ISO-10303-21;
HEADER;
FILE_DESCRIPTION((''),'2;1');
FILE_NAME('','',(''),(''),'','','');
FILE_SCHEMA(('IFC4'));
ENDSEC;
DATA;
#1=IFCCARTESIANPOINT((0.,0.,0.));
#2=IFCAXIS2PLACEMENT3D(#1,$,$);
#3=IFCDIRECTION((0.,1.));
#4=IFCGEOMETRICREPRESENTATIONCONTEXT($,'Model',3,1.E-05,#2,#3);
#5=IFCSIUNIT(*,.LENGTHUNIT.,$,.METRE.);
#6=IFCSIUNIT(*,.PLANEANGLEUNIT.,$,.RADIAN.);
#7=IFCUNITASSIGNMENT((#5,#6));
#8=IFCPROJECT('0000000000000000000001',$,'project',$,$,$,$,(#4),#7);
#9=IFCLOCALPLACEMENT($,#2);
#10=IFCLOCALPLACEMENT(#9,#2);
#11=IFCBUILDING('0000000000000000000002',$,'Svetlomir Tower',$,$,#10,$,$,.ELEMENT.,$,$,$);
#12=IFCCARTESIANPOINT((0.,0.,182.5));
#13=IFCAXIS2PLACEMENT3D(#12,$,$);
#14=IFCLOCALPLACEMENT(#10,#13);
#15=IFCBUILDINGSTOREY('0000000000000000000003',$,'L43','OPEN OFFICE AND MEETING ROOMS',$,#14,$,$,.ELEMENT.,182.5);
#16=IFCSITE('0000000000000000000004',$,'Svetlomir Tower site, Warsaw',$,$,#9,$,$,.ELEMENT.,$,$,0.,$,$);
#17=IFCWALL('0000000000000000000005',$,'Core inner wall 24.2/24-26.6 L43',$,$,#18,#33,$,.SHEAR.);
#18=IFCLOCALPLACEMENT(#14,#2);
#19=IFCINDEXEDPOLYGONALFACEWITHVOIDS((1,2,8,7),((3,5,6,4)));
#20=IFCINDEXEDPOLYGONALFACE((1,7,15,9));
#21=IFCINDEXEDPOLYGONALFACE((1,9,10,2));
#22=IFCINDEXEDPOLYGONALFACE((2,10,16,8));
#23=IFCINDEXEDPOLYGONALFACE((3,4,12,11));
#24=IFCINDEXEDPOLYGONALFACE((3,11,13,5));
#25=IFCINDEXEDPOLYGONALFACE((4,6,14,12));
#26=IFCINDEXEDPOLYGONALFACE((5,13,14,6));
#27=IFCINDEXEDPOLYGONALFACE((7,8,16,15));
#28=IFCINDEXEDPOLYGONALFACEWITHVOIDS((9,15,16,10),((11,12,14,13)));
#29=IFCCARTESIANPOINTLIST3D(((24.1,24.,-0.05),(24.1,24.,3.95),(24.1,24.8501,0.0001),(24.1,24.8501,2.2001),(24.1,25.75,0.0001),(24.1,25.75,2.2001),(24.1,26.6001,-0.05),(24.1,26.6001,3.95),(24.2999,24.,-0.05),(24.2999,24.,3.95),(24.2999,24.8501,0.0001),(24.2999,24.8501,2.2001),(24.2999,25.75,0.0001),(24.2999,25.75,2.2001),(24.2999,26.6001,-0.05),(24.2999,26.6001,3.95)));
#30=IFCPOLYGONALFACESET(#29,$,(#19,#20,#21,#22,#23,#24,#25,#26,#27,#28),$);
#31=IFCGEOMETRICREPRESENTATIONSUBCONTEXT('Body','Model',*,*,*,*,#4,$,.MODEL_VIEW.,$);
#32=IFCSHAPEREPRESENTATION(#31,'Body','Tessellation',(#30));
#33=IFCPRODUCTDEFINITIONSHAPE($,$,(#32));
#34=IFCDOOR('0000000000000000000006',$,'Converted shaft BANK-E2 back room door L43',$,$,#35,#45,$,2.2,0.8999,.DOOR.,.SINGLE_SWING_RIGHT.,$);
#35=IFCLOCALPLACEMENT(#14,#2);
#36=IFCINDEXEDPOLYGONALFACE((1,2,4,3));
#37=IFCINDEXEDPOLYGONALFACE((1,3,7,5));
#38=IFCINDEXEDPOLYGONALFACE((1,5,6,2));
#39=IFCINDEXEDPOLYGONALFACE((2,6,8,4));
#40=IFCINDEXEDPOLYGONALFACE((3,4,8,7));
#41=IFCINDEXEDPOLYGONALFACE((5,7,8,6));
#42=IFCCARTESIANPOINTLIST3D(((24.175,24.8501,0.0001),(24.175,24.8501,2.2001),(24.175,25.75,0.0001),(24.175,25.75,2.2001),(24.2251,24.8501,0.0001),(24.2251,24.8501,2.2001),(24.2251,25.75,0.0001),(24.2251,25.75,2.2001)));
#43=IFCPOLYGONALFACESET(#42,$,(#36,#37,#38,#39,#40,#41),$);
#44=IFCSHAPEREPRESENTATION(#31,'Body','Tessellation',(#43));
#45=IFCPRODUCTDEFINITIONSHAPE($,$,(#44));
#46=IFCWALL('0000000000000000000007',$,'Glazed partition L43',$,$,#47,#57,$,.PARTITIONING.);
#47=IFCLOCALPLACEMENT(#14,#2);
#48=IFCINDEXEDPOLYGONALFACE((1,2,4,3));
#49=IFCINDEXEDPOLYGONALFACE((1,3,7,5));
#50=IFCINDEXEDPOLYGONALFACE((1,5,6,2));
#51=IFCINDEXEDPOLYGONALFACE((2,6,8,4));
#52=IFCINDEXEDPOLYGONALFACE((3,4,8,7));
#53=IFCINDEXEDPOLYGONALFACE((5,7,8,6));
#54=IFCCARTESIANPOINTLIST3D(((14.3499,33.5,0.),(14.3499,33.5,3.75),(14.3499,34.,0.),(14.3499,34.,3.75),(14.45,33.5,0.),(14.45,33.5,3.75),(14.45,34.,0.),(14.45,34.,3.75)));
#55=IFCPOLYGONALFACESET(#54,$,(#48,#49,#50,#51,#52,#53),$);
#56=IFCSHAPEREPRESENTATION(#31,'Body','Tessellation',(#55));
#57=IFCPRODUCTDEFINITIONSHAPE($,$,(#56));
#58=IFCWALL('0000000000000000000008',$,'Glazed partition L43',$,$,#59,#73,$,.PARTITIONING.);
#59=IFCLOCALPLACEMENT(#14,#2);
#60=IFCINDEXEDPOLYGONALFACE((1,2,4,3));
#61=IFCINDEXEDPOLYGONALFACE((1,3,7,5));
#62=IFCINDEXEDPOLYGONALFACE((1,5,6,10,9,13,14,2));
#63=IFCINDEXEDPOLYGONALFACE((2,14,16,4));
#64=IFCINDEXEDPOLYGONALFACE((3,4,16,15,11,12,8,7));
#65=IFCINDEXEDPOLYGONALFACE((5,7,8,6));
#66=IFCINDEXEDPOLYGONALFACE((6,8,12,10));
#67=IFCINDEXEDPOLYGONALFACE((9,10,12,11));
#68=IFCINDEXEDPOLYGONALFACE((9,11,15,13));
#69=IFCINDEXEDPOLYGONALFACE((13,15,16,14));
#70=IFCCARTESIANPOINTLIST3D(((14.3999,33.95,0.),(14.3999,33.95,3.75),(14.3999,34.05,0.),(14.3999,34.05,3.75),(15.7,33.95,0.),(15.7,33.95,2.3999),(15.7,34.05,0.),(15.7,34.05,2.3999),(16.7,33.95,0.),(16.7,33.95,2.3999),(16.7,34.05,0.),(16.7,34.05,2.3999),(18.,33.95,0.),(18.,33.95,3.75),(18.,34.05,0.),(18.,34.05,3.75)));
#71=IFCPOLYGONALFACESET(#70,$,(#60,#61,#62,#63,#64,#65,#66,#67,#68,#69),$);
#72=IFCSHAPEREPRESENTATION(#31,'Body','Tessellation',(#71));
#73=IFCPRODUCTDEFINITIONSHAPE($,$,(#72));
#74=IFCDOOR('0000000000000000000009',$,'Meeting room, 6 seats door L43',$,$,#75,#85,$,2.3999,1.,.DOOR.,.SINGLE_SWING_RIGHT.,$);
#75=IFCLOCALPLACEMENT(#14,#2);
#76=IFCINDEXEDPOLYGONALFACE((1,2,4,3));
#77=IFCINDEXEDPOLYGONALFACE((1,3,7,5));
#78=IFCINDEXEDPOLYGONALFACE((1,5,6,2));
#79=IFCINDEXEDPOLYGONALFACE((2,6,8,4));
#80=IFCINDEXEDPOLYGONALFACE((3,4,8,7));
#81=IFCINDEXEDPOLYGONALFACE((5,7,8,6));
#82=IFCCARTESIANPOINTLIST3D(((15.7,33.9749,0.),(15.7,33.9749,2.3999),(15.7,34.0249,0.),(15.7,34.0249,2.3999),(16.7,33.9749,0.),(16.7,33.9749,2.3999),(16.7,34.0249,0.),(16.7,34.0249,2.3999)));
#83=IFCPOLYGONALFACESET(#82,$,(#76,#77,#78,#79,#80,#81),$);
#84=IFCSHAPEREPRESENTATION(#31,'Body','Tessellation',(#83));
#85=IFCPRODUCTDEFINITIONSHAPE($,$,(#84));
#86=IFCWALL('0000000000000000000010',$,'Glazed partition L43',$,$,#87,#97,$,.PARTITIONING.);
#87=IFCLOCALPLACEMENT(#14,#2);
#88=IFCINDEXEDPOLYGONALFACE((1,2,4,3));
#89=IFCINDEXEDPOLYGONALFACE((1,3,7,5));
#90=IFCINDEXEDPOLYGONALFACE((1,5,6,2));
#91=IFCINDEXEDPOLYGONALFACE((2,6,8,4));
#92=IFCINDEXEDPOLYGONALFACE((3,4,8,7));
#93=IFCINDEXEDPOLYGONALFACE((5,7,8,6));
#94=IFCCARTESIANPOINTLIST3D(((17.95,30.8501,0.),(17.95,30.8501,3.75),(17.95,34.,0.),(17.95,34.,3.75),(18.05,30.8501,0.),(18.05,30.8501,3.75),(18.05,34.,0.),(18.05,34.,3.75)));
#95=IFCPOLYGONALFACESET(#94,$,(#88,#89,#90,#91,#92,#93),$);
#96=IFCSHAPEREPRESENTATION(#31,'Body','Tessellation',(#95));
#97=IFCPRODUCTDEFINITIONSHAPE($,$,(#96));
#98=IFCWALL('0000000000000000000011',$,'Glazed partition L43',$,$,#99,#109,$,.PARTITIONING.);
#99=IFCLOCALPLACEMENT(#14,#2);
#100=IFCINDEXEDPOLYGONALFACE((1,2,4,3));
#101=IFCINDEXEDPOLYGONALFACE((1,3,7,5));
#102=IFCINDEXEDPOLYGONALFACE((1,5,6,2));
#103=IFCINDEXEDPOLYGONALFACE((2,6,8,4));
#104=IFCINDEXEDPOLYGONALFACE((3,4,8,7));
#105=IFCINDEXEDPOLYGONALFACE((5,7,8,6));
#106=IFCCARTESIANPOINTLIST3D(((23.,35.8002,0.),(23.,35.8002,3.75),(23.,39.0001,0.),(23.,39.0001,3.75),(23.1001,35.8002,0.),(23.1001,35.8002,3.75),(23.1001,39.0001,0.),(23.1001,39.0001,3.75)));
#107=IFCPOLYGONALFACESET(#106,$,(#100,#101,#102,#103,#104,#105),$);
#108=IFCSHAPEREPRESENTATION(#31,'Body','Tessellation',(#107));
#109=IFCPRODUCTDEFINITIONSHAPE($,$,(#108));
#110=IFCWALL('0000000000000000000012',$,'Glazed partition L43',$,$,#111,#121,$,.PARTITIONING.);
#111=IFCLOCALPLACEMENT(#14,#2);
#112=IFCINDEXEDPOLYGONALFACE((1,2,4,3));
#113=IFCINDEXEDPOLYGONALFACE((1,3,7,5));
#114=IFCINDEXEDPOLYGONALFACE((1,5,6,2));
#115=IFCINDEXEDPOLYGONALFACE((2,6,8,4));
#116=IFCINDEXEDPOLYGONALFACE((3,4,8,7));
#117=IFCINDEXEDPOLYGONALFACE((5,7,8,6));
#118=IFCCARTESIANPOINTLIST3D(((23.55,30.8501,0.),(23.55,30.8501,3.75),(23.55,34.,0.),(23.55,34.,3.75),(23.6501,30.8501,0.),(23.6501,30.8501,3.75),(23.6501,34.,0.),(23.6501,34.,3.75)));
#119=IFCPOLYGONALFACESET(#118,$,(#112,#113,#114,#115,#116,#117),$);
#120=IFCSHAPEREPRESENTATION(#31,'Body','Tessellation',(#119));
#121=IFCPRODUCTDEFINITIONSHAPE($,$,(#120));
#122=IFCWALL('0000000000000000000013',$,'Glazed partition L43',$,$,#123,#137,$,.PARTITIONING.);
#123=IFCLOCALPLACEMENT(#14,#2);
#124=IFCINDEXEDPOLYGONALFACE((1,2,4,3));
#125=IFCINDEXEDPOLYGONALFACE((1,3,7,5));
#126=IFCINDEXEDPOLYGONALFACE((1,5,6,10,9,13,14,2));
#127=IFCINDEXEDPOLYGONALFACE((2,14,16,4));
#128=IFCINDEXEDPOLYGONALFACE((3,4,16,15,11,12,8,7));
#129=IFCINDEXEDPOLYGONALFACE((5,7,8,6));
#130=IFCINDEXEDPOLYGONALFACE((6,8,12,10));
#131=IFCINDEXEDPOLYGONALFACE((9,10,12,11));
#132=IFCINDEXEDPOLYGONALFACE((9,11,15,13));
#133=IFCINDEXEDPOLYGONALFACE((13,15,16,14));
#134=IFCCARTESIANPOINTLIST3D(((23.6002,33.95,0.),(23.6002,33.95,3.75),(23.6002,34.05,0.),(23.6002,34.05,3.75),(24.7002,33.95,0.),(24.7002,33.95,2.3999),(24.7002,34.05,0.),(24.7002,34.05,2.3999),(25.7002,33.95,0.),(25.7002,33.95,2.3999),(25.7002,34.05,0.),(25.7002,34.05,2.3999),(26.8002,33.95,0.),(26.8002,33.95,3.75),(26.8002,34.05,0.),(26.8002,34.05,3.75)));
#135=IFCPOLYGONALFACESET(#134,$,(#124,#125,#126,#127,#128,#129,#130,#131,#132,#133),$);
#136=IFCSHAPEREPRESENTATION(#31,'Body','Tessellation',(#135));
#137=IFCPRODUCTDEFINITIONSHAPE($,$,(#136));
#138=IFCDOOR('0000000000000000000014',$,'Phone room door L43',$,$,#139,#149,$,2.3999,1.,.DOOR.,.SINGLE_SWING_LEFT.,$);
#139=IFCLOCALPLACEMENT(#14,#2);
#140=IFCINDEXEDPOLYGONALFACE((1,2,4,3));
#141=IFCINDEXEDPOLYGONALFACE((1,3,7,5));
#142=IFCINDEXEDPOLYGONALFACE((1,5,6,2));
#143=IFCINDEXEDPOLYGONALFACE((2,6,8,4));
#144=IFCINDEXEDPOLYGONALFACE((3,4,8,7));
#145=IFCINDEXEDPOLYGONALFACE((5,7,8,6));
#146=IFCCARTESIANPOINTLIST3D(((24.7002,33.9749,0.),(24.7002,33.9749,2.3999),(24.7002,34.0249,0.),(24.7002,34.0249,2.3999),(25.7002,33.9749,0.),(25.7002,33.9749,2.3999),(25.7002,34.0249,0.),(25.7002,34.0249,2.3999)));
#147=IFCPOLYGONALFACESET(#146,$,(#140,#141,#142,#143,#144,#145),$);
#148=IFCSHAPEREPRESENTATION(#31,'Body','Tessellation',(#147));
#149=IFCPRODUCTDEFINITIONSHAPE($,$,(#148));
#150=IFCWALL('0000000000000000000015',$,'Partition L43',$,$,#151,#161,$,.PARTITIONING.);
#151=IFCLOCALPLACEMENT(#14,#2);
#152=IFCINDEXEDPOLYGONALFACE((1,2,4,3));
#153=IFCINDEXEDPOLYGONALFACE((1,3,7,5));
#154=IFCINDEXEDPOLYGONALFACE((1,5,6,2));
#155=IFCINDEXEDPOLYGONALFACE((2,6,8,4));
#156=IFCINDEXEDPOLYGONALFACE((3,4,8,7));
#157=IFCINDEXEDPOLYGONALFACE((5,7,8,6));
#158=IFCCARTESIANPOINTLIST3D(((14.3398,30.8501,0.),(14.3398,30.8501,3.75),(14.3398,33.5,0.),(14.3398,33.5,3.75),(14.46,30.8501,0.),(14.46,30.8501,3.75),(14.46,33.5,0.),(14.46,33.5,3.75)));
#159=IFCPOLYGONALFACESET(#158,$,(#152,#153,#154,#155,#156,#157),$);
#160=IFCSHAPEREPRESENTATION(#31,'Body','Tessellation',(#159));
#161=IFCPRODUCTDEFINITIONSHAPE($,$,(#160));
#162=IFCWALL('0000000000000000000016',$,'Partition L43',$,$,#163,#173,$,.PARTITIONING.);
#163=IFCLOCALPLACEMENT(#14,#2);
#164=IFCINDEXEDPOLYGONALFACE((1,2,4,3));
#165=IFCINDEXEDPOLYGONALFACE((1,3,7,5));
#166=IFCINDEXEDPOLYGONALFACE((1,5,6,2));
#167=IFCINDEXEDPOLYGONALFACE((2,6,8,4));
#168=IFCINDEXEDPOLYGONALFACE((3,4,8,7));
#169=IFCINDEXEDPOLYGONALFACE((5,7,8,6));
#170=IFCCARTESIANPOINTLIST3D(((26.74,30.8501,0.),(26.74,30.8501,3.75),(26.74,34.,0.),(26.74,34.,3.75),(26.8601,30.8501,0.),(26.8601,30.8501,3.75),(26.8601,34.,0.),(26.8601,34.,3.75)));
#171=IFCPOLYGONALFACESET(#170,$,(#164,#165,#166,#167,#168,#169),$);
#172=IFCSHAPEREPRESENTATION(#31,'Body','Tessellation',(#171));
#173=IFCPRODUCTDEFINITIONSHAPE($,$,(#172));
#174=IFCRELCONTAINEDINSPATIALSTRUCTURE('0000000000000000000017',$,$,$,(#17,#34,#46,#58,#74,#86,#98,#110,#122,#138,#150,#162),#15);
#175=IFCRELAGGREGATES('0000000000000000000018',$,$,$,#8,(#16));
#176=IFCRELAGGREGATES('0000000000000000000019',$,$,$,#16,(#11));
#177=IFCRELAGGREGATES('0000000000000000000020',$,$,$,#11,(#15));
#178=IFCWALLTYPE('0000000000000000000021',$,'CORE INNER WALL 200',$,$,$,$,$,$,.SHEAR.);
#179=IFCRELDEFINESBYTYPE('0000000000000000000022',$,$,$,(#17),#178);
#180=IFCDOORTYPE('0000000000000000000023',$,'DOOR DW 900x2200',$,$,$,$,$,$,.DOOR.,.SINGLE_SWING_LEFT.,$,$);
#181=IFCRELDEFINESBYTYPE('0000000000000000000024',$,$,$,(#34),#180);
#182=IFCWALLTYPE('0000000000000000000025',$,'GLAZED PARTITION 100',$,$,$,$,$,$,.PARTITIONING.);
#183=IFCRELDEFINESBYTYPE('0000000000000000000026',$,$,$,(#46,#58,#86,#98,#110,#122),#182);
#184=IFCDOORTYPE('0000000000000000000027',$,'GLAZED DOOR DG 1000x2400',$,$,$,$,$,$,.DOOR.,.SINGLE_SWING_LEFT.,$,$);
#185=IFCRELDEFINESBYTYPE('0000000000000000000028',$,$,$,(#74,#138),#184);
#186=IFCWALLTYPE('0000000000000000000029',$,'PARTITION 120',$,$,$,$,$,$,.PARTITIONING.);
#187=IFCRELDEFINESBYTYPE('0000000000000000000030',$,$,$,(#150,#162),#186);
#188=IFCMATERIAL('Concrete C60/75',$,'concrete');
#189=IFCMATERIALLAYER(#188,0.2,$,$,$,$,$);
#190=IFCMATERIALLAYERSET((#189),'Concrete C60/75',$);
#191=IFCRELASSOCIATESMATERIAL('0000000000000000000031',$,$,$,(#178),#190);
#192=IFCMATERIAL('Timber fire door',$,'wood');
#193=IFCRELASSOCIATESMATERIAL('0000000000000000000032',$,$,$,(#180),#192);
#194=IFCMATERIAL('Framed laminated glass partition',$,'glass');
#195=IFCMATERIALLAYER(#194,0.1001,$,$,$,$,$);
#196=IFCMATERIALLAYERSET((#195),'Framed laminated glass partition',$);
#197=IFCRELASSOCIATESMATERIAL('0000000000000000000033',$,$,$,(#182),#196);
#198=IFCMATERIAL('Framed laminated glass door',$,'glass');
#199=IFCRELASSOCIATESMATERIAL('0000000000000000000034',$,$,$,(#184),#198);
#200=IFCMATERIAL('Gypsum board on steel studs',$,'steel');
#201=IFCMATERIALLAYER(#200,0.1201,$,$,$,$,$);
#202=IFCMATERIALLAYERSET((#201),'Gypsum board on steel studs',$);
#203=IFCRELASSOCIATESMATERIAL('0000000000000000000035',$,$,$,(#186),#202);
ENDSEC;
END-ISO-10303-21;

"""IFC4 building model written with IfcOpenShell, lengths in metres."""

from ifc_helpers import new_model, si_unit, direction, frame, frame_2d, origin, place, context, subcontext, project, spatial, rectangle, extrude, material, layer, layer_set, type_object, element, fill, save


model = new_model("IFC4")

# Units and contexts
model_context = context("Model", 3, precision=1e-05, world=origin(), true_north=direction((0.0, 1.0)))
body_context = subcontext(model_context, "Body", "Model", "MODEL_VIEW")
ifc_project = project(units=[si_unit("LENGTHUNIT", "METRE"), si_unit("PLANEANGLEUNIT", "RADIAN")], contexts=[model_context])

# Site, building, storey
site_placement = place(None, origin())
site = spatial("IfcSite", under=ifc_project, at=site_placement, Name="Svetlomir Tower site, Warsaw", CompositionType="ELEMENT", RefElevation=0.0)
building_placement = place(site_placement, origin())
building = spatial("IfcBuilding", under=site, at=building_placement, Name="Svetlomir Tower", CompositionType="ELEMENT")
storey_placement = place(building_placement, frame((0.0, 0.0, 182.5)))
storey = spatial("IfcBuildingStorey", under=building, at=storey_placement, Name="L43", Description="OPEN OFFICE AND MEETING ROOMS", CompositionType="ELEMENT", Elevation=182.5)

# Shared definitions
ifc_material_1 = material(Name="Concrete C60/75", Category="concrete")
ifc_layer_1 = layer(ifc_material_1, 0.2)
ifc_layer_set_1 = layer_set([ifc_layer_1], Name="Concrete C60/75")
wall_type_1 = type_object("IfcWallType", Name="CORE INNER WALL 200", PredefinedType="SHEAR", material=ifc_layer_set_1)

# Wall, opening, door
ifc_material_2 = material(Name="Timber fire door", Category="wood")
door_type_1 = type_object("IfcDoorType", Name="DOOR DW 900x2200", OperationType="SINGLE_SWING_LEFT", PredefinedType="DOOR", material=ifc_material_2)
wall_1_placement = place(storey_placement, frame((24.2, 24.0, -0.05), z_axis=(0.0, 0.0, 1.0), x_axis=(0.0, 1.0, 0.0)))
wall_1 = element("IfcWall", 1, at=wall_1_placement, inside=storey, type_object=wall_type_1, Name="Core inner wall 24.2/24-26.6 L43", PredefinedType="SHEAR", context=body_context, shape_type="SweptSolid", body=[
    extrude(rectangle(XDim=2.6001, YDim=0.2, at=frame_2d((1.3, 0.0))), origin(), (0.0, 0.0, 1.0), 4.0),
])
opening_1_placement = place(wall_1_placement, frame((0.8501, 0.0, 0.05)))
opening_1 = element("IfcOpeningElement", 2, at=opening_1_placement, cuts=wall_1, PredefinedType="OPENING", context=body_context, shape_type="SweptSolid", body=[
    extrude(rectangle(XDim=0.8999, YDim=2.2, at=frame_2d((0.45, 1.1001))), frame((0.0, 0.1099, 0.0), z_axis=(0.0, -1.0, 0.0), x_axis=(1.0, 0.0, 0.0)), (0.0, 0.0, 1.0), 0.22),
])
door_1_placement = place(opening_1_placement, origin())
door_1 = element("IfcDoor", 3, at=door_1_placement, inside=storey, type_object=door_type_1, Name="Converted shaft BANK-E2 back room door L43", OperationType="SINGLE_SWING_RIGHT", OverallHeight=2.2, OverallWidth=0.8999, PredefinedType="DOOR", context=body_context, shape_type="SweptSolid", body=[
    extrude(rectangle(XDim=0.8999, YDim=2.2, at=frame_2d((0.45, 1.1001))), frame((0.0, 0.0249, 0.0), z_axis=(0.0, -1.0, 0.0), x_axis=(1.0, 0.0, 0.0)), (0.0, 0.0, 1.0), 0.05),
])
fill(opening_1, door_1)

# Wall
ifc_material_3 = material(Name="Framed laminated glass partition", Category="glass")
ifc_layer_2 = layer(ifc_material_3, 0.1001)
ifc_layer_set_2 = layer_set([ifc_layer_2], Name="Framed laminated glass partition")
wall_type_2 = type_object("IfcWallType", Name="GLAZED PARTITION 100", PredefinedType="PARTITIONING", material=ifc_layer_set_2)
wall_2_placement = place(storey_placement, frame((14.3999, 33.5, 0.0), z_axis=(0.0, 0.0, 1.0), x_axis=(0.0, 1.0, 0.0)))
element("IfcWall", 4, at=wall_2_placement, inside=storey, type_object=wall_type_2, Name="Glazed partition L43", PredefinedType="PARTITIONING", context=body_context, shape_type="SweptSolid", body=[
    extrude(rectangle(XDim=0.5, YDim=0.1001, at=frame_2d((0.25, 0.0))), origin(), (0.0, 0.0, 1.0), 3.75),
])

# Wall, opening, door
wall_3_placement = place(storey_placement, frame((14.3999, 34.0, 0.0), z_axis=(0.0, 0.0, 1.0), x_axis=(1.0, 0.0, 0.0)))
wall_3 = element("IfcWall", 5, at=wall_3_placement, inside=storey, type_object=wall_type_2, Name="Glazed partition L43", PredefinedType="PARTITIONING", context=body_context, shape_type="SweptSolid", body=[
    extrude(rectangle(XDim=3.6001, YDim=0.1001, at=frame_2d((1.8, 0.0))), origin(), (0.0, 0.0, 1.0), 3.75),
])
opening_2_placement = place(wall_3_placement, frame((1.3, 0.0, 0.0)))
opening_2 = element("IfcOpeningElement", 6, at=opening_2_placement, cuts=wall_3, PredefinedType="OPENING", context=body_context, shape_type="SweptSolid", body=[
    extrude(rectangle(XDim=1.0, YDim=2.3999, at=frame_2d((0.5, 1.2))), frame((0.0, 0.0601, 0.0), z_axis=(0.0, -1.0, 0.0), x_axis=(1.0, 0.0, 0.0)), (0.0, 0.0, 1.0), 0.1201),
])
ifc_material_4 = material(Name="Framed laminated glass door", Category="glass")
door_type_2 = type_object("IfcDoorType", Name="GLAZED DOOR DG 1000x2400", OperationType="SINGLE_SWING_LEFT", PredefinedType="DOOR", material=ifc_material_4)
door_2_placement = place(opening_2_placement, origin())
door_2 = element("IfcDoor", 7, at=door_2_placement, inside=storey, type_object=door_type_2, Name="Meeting room, 6 seats door L43", OperationType="SINGLE_SWING_RIGHT", OverallHeight=2.3999, OverallWidth=1.0, PredefinedType="DOOR", context=body_context, shape_type="SweptSolid", body=[
    extrude(rectangle(XDim=1.0, YDim=2.3999, at=frame_2d((0.5, 1.2))), frame((0.0, 0.0249, 0.0), z_axis=(0.0, -1.0, 0.0), x_axis=(1.0, 0.0, 0.0)), (0.0, 0.0, 1.0), 0.05),
])
fill(opening_2, door_2)

# Walls
wall_4_placement = place(storey_placement, frame((18.0, 30.8501, 0.0), z_axis=(0.0, 0.0, 1.0), x_axis=(0.0, 1.0, 0.0)))
element("IfcWall", 8, at=wall_4_placement, inside=storey, type_object=wall_type_2, Name="Glazed partition L43", PredefinedType="PARTITIONING", context=body_context, shape_type="SweptSolid", body=[
    extrude(rectangle(XDim=3.1499, YDim=0.1001, at=frame_2d((1.575, 0.0))), origin(), (0.0, 0.0, 1.0), 3.75),
])
wall_5_placement = place(storey_placement, frame((23.05, 35.8, 0.0), z_axis=(0.0, 0.0, 1.0), x_axis=(0.0, 1.0, 0.0)))
element("IfcWall", 9, at=wall_5_placement, inside=storey, type_object=wall_type_2, Name="Glazed partition L43", PredefinedType="PARTITIONING", context=body_context, shape_type="SweptSolid", body=[
    extrude(rectangle(XDim=3.2, YDim=0.1001, at=frame_2d((1.6001, 0.0))), origin(), (0.0, 0.0, 1.0), 3.75),
])
wall_6_placement = place(storey_placement, frame((23.6001, 30.8501, 0.0), z_axis=(0.0, 0.0, 1.0), x_axis=(0.0, 1.0, 0.0)))
element("IfcWall", 10, at=wall_6_placement, inside=storey, type_object=wall_type_2, Name="Glazed partition L43", PredefinedType="PARTITIONING", context=body_context, shape_type="SweptSolid", body=[
    extrude(rectangle(XDim=3.1499, YDim=0.1001, at=frame_2d((1.575, 0.0))), origin(), (0.0, 0.0, 1.0), 3.75),
])

# Wall, opening, door
wall_7_placement = place(storey_placement, frame((23.6001, 34.0, 0.0), z_axis=(0.0, 0.0, 1.0), x_axis=(1.0, 0.0, 0.0)))
wall_7 = element("IfcWall", 11, at=wall_7_placement, inside=storey, type_object=wall_type_2, Name="Glazed partition L43", PredefinedType="PARTITIONING", context=body_context, shape_type="SweptSolid", body=[
    extrude(rectangle(XDim=3.2, YDim=0.1001, at=frame_2d((1.6001, 0.0))), origin(), (0.0, 0.0, 1.0), 3.75),
])
opening_3_placement = place(wall_7_placement, frame((1.1001, 0.0, 0.0)))
opening_3 = element("IfcOpeningElement", 12, at=opening_3_placement, cuts=wall_7, PredefinedType="OPENING", context=body_context, shape_type="SweptSolid", body=[
    extrude(rectangle(XDim=1.0, YDim=2.3999, at=frame_2d((0.5, 1.2))), frame((0.0, 0.0601, 0.0), z_axis=(0.0, -1.0, 0.0), x_axis=(1.0, 0.0, 0.0)), (0.0, 0.0, 1.0), 0.1201),
])
door_3_placement = place(opening_3_placement, origin())
door_3 = element("IfcDoor", 13, at=door_3_placement, inside=storey, type_object=door_type_2, Name="Phone room door L43", OperationType="SINGLE_SWING_LEFT", OverallHeight=2.3999, OverallWidth=1.0, PredefinedType="DOOR", context=body_context, shape_type="SweptSolid", body=[
    extrude(rectangle(XDim=1.0, YDim=2.3999, at=frame_2d((0.5, 1.2))), frame((0.0, 0.0249, 0.0), z_axis=(0.0, -1.0, 0.0), x_axis=(1.0, 0.0, 0.0)), (0.0, 0.0, 1.0), 0.05),
])
fill(opening_3, door_3)

# Walls
ifc_material_5 = material(Name="Gypsum board on steel studs", Category="steel")
ifc_layer_3 = layer(ifc_material_5, 0.1201)
ifc_layer_set_3 = layer_set([ifc_layer_3], Name="Gypsum board on steel studs")
wall_type_3 = type_object("IfcWallType", Name="PARTITION 120", PredefinedType="PARTITIONING", material=ifc_layer_set_3)
wall_8_placement = place(storey_placement, frame((14.3999, 30.8501, 0.0), z_axis=(0.0, 0.0, 1.0), x_axis=(0.0, 1.0, 0.0)))
element("IfcWall", 14, at=wall_8_placement, inside=storey, type_object=wall_type_3, Name="Partition L43", PredefinedType="PARTITIONING", context=body_context, shape_type="SweptSolid", body=[
    extrude(rectangle(XDim=2.6499, YDim=0.1201, at=frame_2d((1.325, 0.0))), origin(), (0.0, 0.0, 1.0), 3.75),
])
wall_9_placement = place(storey_placement, frame((26.8, 30.8501, 0.0), z_axis=(0.0, 0.0, 1.0), x_axis=(0.0, 1.0, 0.0)))
element("IfcWall", 15, at=wall_9_placement, inside=storey, type_object=wall_type_3, Name="Partition L43", PredefinedType="PARTITIONING", context=body_context, shape_type="SweptSolid", body=[
    extrude(rectangle(XDim=3.1499, YDim=0.1201, at=frame_2d((1.575, 0.0))), origin(), (0.0, 0.0, 1.0), 3.75),
])

save(model, "model.ifc")
